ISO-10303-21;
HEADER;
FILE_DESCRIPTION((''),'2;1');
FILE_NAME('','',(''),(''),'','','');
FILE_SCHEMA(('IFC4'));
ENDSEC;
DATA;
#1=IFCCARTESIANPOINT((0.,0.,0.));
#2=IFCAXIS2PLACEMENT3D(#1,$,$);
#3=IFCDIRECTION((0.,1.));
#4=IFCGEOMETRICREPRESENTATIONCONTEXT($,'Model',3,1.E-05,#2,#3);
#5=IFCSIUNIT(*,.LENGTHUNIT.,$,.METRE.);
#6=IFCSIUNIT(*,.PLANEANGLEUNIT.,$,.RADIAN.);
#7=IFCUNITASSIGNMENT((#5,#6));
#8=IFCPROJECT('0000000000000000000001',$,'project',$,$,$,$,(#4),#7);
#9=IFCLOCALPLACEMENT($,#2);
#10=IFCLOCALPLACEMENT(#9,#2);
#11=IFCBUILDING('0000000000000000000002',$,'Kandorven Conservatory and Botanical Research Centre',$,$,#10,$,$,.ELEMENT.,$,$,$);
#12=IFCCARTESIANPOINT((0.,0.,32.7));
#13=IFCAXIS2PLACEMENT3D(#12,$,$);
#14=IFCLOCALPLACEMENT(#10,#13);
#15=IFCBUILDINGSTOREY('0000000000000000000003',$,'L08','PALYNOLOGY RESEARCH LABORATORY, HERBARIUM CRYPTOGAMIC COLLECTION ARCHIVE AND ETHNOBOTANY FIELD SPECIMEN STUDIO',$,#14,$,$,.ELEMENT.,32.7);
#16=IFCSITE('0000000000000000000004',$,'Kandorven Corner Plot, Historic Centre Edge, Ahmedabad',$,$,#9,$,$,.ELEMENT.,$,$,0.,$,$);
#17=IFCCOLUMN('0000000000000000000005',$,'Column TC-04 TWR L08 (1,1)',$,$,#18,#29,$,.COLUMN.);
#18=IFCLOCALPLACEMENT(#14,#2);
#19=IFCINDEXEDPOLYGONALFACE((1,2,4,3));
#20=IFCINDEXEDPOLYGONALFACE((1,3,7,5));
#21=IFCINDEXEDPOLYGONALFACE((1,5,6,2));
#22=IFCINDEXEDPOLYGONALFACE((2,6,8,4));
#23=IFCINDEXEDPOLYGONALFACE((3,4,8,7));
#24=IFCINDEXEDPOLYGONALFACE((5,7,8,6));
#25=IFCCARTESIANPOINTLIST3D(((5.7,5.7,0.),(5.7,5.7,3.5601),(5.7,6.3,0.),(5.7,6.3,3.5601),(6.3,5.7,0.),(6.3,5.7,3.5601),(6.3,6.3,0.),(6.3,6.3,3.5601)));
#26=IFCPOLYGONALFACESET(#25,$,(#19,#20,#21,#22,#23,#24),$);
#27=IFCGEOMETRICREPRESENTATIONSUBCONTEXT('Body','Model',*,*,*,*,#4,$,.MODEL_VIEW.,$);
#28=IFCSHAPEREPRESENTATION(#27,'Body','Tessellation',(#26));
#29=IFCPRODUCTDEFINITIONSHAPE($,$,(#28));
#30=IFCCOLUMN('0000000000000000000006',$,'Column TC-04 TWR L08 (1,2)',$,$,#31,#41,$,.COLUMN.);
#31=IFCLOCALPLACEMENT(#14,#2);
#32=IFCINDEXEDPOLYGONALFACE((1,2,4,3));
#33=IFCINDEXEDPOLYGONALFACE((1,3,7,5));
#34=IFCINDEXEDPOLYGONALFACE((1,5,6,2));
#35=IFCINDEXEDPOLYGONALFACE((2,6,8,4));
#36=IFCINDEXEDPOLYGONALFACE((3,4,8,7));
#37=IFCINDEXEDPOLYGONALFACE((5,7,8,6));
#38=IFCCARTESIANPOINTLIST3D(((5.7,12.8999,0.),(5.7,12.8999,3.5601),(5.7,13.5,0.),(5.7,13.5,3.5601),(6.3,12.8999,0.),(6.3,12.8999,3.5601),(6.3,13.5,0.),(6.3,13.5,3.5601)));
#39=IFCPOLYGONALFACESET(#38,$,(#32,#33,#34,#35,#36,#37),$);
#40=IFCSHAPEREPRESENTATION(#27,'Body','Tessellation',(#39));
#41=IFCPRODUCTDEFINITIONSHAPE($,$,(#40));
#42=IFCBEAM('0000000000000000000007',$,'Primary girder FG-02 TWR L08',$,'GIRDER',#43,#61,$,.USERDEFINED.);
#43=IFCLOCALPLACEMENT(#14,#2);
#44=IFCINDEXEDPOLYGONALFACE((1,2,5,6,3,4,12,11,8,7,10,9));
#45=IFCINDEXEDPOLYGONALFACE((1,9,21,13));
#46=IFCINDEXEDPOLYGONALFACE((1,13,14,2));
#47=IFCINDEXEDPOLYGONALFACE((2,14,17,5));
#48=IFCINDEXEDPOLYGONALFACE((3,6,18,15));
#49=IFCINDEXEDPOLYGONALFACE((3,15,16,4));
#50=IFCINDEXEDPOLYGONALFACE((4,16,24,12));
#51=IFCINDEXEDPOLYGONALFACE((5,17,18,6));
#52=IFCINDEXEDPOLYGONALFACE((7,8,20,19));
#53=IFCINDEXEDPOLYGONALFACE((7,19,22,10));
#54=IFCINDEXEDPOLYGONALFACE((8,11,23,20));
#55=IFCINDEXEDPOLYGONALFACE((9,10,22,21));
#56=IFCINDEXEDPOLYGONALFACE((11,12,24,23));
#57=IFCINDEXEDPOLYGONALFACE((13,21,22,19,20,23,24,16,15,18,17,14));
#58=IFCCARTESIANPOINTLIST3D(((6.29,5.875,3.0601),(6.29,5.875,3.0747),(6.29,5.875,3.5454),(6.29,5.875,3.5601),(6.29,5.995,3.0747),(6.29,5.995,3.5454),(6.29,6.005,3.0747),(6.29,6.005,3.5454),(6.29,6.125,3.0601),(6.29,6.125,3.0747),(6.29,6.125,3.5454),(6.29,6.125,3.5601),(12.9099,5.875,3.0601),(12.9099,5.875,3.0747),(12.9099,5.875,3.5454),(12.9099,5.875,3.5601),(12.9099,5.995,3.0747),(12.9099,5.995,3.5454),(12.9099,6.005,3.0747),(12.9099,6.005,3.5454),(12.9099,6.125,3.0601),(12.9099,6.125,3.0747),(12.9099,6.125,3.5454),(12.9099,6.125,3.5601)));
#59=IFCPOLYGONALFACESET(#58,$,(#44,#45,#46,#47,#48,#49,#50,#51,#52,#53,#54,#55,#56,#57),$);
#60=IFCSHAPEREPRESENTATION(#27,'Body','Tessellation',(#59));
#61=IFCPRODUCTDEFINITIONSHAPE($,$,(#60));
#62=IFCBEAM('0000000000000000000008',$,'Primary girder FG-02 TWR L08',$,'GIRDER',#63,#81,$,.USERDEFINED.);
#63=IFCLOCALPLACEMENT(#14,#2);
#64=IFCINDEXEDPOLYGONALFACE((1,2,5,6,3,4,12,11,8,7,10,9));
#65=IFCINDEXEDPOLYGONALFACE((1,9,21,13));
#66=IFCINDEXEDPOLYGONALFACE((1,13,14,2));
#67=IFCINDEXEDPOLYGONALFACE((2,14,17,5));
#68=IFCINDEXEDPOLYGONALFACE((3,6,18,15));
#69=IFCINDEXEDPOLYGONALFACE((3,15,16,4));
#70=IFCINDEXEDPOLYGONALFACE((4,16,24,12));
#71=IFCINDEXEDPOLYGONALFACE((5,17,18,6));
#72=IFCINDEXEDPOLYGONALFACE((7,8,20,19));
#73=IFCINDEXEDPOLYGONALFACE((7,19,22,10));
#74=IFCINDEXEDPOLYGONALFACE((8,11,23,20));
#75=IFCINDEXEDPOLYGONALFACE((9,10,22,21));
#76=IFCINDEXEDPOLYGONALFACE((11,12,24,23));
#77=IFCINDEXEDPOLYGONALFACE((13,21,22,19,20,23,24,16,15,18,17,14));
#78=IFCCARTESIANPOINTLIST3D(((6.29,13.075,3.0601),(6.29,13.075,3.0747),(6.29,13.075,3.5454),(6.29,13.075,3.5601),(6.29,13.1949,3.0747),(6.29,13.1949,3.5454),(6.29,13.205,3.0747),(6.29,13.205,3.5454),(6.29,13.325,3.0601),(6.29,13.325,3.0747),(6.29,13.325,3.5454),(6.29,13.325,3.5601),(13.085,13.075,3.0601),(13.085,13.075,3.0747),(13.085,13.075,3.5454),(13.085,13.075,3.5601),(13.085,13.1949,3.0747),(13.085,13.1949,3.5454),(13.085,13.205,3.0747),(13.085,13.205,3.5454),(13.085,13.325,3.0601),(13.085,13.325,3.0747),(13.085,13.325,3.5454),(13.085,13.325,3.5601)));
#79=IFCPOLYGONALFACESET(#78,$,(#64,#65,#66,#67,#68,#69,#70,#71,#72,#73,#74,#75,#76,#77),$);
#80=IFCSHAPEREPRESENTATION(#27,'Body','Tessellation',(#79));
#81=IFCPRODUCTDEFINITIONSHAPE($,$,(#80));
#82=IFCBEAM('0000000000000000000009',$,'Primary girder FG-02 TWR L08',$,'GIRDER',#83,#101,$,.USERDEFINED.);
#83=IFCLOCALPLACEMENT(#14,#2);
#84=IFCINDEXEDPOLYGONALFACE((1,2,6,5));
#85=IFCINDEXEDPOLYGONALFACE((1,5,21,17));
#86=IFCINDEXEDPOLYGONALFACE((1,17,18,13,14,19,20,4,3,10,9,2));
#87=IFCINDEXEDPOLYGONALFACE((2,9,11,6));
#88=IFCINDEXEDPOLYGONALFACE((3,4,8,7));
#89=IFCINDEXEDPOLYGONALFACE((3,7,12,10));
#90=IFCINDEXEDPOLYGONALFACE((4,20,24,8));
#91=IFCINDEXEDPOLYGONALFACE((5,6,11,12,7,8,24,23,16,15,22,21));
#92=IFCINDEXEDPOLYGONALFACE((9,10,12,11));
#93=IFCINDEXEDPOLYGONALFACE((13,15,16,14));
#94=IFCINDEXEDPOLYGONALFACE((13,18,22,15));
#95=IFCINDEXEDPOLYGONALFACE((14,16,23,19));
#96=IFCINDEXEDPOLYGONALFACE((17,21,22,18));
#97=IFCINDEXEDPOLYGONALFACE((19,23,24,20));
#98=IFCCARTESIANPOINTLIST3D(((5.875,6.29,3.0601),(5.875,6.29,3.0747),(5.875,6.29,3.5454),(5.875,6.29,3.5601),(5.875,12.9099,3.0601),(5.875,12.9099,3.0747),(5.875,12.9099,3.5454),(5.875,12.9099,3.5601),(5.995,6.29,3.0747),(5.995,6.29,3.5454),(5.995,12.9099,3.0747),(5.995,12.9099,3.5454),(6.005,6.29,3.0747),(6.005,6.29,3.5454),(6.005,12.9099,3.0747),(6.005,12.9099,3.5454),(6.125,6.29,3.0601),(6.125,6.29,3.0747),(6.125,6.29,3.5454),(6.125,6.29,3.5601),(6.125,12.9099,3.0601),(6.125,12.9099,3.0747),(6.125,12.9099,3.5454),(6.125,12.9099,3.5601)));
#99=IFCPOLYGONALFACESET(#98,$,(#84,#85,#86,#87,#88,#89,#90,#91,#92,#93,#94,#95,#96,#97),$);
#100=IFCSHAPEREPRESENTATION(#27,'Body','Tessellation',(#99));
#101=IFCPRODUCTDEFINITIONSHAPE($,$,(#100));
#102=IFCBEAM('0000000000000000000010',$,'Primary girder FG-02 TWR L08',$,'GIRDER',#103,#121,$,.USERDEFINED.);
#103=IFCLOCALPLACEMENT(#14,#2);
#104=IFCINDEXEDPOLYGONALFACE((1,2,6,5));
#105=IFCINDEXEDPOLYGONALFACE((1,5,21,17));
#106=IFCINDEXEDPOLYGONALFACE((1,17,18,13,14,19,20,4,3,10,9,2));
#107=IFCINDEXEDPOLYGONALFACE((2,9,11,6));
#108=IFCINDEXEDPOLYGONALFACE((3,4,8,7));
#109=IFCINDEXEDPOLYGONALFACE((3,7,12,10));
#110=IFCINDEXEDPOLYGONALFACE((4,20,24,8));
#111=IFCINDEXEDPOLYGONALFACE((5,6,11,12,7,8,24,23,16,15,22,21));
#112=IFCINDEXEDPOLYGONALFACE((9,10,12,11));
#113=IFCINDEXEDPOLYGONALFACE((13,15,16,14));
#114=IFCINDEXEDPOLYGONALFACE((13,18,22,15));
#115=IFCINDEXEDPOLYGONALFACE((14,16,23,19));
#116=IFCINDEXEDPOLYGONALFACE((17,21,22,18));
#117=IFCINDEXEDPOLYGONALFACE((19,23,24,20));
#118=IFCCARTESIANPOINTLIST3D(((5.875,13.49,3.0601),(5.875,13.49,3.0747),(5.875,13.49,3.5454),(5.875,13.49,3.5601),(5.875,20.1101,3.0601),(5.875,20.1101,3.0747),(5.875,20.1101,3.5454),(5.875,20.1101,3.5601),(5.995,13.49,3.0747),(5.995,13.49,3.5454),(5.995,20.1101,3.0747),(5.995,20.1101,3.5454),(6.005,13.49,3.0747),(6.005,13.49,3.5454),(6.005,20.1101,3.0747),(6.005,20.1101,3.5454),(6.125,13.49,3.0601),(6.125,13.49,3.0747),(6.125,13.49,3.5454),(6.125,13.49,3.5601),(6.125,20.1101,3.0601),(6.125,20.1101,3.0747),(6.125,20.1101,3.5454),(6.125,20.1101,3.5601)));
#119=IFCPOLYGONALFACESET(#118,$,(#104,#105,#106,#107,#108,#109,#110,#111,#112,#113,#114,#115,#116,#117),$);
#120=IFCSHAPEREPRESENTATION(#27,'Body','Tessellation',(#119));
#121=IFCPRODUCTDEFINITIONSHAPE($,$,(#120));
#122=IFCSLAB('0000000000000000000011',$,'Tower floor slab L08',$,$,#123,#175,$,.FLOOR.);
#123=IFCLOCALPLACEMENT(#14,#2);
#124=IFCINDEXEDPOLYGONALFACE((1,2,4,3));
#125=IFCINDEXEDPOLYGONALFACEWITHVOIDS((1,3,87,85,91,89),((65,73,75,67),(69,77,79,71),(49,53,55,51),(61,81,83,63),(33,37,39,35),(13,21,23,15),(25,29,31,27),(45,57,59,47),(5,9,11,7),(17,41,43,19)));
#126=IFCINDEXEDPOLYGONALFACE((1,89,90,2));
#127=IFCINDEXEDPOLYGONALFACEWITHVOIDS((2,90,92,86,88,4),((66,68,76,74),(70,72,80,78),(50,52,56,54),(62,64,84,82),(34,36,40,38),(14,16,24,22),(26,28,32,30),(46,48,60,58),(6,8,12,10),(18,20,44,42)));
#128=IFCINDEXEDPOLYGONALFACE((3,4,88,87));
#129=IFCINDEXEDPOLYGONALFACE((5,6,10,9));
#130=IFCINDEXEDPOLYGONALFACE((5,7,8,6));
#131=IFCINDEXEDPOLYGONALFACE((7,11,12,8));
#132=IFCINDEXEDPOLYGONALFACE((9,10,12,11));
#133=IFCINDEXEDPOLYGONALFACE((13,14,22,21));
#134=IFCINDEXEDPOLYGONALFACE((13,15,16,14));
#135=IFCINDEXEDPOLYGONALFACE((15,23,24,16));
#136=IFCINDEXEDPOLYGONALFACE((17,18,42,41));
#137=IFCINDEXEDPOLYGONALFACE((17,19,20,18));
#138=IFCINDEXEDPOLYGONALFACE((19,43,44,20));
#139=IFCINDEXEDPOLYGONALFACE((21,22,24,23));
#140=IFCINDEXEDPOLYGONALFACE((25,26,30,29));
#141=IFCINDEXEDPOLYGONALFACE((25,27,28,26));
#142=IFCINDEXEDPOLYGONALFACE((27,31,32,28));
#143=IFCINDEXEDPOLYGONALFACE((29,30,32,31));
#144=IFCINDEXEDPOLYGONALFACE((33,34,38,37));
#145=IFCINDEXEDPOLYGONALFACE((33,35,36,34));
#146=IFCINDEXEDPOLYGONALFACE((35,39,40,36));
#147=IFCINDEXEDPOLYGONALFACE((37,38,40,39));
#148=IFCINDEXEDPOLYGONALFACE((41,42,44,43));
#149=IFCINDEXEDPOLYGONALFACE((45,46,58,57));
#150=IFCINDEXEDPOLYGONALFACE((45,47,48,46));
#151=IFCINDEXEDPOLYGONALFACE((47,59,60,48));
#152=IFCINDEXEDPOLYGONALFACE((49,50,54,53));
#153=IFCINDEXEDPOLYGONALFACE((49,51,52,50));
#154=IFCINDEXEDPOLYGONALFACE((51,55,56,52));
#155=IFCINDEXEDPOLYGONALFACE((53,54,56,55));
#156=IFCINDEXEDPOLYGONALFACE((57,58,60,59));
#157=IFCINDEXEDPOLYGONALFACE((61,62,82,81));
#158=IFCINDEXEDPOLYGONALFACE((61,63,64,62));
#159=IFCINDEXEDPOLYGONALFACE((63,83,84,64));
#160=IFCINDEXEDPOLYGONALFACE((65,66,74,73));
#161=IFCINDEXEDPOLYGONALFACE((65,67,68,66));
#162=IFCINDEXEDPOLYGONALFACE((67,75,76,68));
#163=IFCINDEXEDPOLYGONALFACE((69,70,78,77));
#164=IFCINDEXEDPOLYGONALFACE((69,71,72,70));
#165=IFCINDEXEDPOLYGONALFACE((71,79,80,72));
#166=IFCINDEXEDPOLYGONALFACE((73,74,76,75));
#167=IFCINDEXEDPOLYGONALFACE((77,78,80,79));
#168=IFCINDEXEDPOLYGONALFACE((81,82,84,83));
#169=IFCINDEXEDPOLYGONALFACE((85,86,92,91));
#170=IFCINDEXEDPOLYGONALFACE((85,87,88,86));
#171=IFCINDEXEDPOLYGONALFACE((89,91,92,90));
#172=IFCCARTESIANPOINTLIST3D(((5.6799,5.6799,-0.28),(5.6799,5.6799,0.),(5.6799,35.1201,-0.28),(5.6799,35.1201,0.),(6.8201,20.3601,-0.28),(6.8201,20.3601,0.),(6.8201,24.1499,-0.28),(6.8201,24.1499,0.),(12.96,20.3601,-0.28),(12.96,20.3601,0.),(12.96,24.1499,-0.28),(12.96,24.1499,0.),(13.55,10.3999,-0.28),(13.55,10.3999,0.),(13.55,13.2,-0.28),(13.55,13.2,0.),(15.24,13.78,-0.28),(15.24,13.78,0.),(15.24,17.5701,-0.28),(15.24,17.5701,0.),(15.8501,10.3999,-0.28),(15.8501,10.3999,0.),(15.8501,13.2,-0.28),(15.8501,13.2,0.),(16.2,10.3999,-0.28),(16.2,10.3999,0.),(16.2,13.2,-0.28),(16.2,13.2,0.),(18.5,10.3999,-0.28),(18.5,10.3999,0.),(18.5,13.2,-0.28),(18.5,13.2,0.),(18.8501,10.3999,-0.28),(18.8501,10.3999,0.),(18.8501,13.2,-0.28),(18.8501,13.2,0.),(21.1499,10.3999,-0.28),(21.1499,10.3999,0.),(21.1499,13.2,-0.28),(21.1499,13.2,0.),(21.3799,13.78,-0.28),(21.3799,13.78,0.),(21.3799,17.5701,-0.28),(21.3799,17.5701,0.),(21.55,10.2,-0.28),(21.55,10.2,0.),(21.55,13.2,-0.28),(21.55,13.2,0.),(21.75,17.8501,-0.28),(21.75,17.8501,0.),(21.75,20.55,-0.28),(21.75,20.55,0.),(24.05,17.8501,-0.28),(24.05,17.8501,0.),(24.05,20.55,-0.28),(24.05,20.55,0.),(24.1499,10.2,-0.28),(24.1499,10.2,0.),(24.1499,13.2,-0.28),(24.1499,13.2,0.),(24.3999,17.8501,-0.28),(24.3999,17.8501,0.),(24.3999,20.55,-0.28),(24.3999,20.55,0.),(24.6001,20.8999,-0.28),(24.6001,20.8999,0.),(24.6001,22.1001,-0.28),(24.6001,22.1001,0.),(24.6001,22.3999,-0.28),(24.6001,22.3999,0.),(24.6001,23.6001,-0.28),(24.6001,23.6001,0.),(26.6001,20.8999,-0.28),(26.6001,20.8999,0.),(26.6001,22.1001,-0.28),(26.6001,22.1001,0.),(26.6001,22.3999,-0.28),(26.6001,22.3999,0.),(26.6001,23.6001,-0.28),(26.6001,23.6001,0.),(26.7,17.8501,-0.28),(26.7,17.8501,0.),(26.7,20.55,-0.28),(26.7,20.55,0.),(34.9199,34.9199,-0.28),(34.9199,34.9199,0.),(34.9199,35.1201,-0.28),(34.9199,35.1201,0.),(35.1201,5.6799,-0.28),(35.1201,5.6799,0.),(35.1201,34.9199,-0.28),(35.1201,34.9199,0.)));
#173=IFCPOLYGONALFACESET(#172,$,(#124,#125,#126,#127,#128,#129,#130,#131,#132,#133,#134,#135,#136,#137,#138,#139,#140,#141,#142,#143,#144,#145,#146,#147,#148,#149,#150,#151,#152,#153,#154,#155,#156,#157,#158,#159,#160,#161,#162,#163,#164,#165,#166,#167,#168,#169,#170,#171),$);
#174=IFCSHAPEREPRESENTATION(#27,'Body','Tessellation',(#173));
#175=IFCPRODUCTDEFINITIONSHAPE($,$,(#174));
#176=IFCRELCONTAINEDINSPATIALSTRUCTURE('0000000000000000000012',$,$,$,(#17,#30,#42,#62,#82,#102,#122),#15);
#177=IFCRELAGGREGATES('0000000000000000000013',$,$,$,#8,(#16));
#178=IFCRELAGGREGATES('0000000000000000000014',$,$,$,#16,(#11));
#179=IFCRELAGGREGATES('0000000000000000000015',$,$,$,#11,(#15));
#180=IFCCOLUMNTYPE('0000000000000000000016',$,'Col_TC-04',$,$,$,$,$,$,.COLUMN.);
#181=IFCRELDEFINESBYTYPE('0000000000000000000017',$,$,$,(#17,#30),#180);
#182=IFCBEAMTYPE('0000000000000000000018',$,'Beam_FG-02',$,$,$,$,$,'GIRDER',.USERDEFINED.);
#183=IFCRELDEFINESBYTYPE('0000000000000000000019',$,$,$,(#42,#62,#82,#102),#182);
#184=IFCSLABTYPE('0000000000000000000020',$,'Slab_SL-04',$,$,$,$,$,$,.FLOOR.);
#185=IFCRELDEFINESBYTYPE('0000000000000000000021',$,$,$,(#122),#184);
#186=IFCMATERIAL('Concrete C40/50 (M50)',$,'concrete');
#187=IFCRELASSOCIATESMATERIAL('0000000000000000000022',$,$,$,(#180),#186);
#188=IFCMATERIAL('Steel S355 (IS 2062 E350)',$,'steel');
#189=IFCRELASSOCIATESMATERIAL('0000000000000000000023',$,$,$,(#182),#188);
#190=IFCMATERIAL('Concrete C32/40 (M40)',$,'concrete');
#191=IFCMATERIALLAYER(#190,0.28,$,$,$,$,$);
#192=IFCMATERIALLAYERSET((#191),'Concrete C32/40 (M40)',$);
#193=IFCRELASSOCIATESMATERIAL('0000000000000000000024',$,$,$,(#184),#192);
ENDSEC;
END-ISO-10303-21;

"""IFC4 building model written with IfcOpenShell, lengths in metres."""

from ifc_helpers import new_model, si_unit, direction, frame, origin, origin_2d, place, context, subcontext, project, spatial, polyline, rectangle, i_section, outline, extrude, material, layer, layer_set, material_profile, profile_set, type_object, element, save


model = new_model("IFC4")

# Units and contexts
model_context = context("Model", 3, precision=1e-05, world=origin(), true_north=direction((0.0, 1.0)))
body_context = subcontext(model_context, "Body", "Model", "MODEL_VIEW")
ifc_project = project(units=[si_unit("LENGTHUNIT", "METRE"), si_unit("PLANEANGLEUNIT", "RADIAN")], contexts=[model_context])

# Site, building, storey
site_placement = place(None, origin())
site = spatial("IfcSite", under=ifc_project, at=site_placement, Name="Kandorven Corner Plot, Historic Centre Edge, Ahmedabad", CompositionType="ELEMENT", RefElevation=0.0)
building_placement = place(site_placement, origin())
building = spatial("IfcBuilding", under=site, at=building_placement, Name="Kandorven Conservatory and Botanical Research Centre", CompositionType="ELEMENT")
storey_placement = place(building_placement, frame((0.0, 0.0, 32.7)))
storey = spatial("IfcBuildingStorey", under=building, at=storey_placement, Name="L08", Description="PALYNOLOGY RESEARCH LABORATORY, HERBARIUM CRYPTOGAMIC COLLECTION ARCHIVE AND ETHNOBOTANY FIELD SPECIMEN STUDIO", CompositionType="ELEMENT", Elevation=32.7)

# Columns
ifc_material_1 = material(Name="Concrete C40/50 (M50)", Category="concrete")
ifc_material_profile_1 = material_profile(ifc_material_1, rectangle(XDim=0.6001, YDim=0.6001, at=origin_2d()))
ifc_profile_set_1 = profile_set([ifc_material_profile_1], Name="Concrete C40/50 (M50)")
column_type = type_object("IfcColumnType", Name="Col_TC-04", PredefinedType="COLUMN", material=ifc_profile_set_1)
for number, where, z_axis, x_axis, name in (
    (1, (6.0, 6.0, 0.0), (0.0, 0.0, 1.0), (1.0, 0.0, 0.0), "Column TC-04 TWR L08 (1,1)"),
    (2, (6.0, 13.2, 0.0), (0.0, 0.0, 1.0), (1.0, 0.0, 0.0), "Column TC-04 TWR L08 (1,2)"),
):
    element("IfcColumn", number, at=place(storey_placement, frame(where, z_axis=z_axis, x_axis=x_axis)), inside=storey, type_object=column_type, Name=name, PredefinedType="COLUMN", context=body_context, shape_type="SweptSolid", body=[
        extrude(rectangle(XDim=0.6001, YDim=0.6001, at=origin_2d()), origin(), (0.0, 0.0, 1.0), 3.5601),
    ])

# Beams
ifc_material_2 = material(Name="Steel S355 (IS 2062 E350)", Category="steel")
ifc_material_profile_2 = material_profile(ifc_material_2, i_section(OverallWidth=0.25, OverallDepth=0.5, WebThickness=0.01, FlangeThickness=0.0146, at=origin_2d()))
ifc_profile_set_2 = profile_set([ifc_material_profile_2], Name="Steel S355 (IS 2062 E350)")
beam_type = type_object("IfcBeamType", Name="Beam_FG-02", ElementType="GIRDER", PredefinedType="USERDEFINED", material=ifc_profile_set_2)
beam_1_placement = place(storey_placement, frame((6.29, 6.0, 3.3101), z_axis=(1.0, 0.0, 0.0), x_axis=(0.0, 1.0, 0.0)))
element("IfcBeam", 3, at=beam_1_placement, inside=storey, type_object=beam_type, Name="Primary girder FG-02 TWR L08", ObjectType="GIRDER", PredefinedType="USERDEFINED", context=body_context, shape_type="SweptSolid", body=[
    extrude(i_section(OverallWidth=0.25, OverallDepth=0.5, WebThickness=0.01, FlangeThickness=0.0146, at=origin_2d()), origin(), (0.0, 0.0, 1.0), 6.6199),
])
beam_2_placement = place(storey_placement, frame((6.29, 13.2, 3.3101), z_axis=(1.0, 0.0, 0.0), x_axis=(0.0, 1.0, 0.0)))
element("IfcBeam", 4, at=beam_2_placement, inside=storey, type_object=beam_type, Name="Primary girder FG-02 TWR L08", ObjectType="GIRDER", PredefinedType="USERDEFINED", context=body_context, shape_type="SweptSolid", body=[
    extrude(i_section(OverallWidth=0.25, OverallDepth=0.5, WebThickness=0.01, FlangeThickness=0.0146, at=origin_2d()), origin(), (0.0, 0.0, 1.0), 6.7949),
])
beam_3_placement = place(storey_placement, frame((6.0, 6.29, 3.3101), z_axis=(0.0, 1.0, 0.0), x_axis=(-1.0, 0.0, 0.0)))
element("IfcBeam", 5, at=beam_3_placement, inside=storey, type_object=beam_type, Name="Primary girder FG-02 TWR L08", ObjectType="GIRDER", PredefinedType="USERDEFINED", context=body_context, shape_type="SweptSolid", body=[
    extrude(i_section(OverallWidth=0.25, OverallDepth=0.5, WebThickness=0.01, FlangeThickness=0.0146, at=origin_2d()), origin(), (0.0, 0.0, 1.0), 6.6199),
])
beam_4_placement = place(storey_placement, frame((6.0, 13.49, 3.3101), z_axis=(0.0, 1.0, 0.0), x_axis=(-1.0, 0.0, 0.0)))
element("IfcBeam", 6, at=beam_4_placement, inside=storey, type_object=beam_type, Name="Primary girder FG-02 TWR L08", ObjectType="GIRDER", PredefinedType="USERDEFINED", context=body_context, shape_type="SweptSolid", body=[
    extrude(i_section(OverallWidth=0.25, OverallDepth=0.5, WebThickness=0.01, FlangeThickness=0.0146, at=origin_2d()), origin(), (0.0, 0.0, 1.0), 6.6201),
])

# Slab
ifc_material_3 = material(Name="Concrete C32/40 (M40)", Category="concrete")
ifc_layer_1 = layer(ifc_material_3, 0.28)
ifc_layer_set_1 = layer_set([ifc_layer_1], Name="Concrete C32/40 (M40)")
slab_type_1 = type_object("IfcSlabType", Name="Slab_SL-04", PredefinedType="FLOOR", material=ifc_layer_set_1)
slab_1_placement = place(storey_placement, frame((0.0, 0.0, -0.28)))
element("IfcSlab", 7, at=slab_1_placement, inside=storey, type_object=slab_type_1, Name="Tower floor slab L08", PredefinedType="FLOOR", context=body_context, shape_type="SweptSolid", body=[
    extrude(outline(polyline([(5.6799, 5.6799), (35.1201, 5.6799), (35.1201, 34.9199), (34.9199, 34.9199), (34.9199, 35.1201), (5.6799, 35.1201), (5.6799, 5.6799)]), holes=[polyline([(15.24, 13.78), (21.3799, 13.78), (21.3799, 17.5701), (15.24, 17.5701), (15.24, 13.78)]), polyline([(12.96, 24.1499), (6.8201, 24.1499), (6.8201, 20.3601), (12.96, 20.3601), (12.96, 24.1499)]), polyline([(21.75, 17.8501), (24.05, 17.8501), (24.05, 20.55), (21.75, 20.55), (21.75, 17.8501)]), polyline([(24.3999, 17.8501), (26.7, 17.8501), (26.7, 20.55), (24.3999, 20.55), (24.3999, 17.8501)]), polyline([(13.55, 10.3999), (15.8501, 10.3999), (15.8501, 13.2), (13.55, 13.2), (13.55, 10.3999)]), polyline([(16.2, 10.3999), (18.5, 10.3999), (18.5, 13.2), (16.2, 13.2), (16.2, 10.3999)]), polyline([(18.8501, 10.3999), (21.1499, 10.3999), (21.1499, 13.2), (18.8501, 13.2), (18.8501, 10.3999)]), polyline([(21.55, 10.2), (24.1499, 10.2), (24.1499, 13.2), (21.55, 13.2), (21.55, 10.2)]), polyline([(24.6001, 20.8999), (26.6001, 20.8999), (26.6001, 22.1001), (24.6001, 22.1001), (24.6001, 20.8999)]), polyline([(24.6001, 22.3999), (26.6001, 22.3999), (26.6001, 23.6001), (24.6001, 23.6001), (24.6001, 22.3999)])]), origin(), (0.0, 0.0, 1.0), 0.28),
])

save(model, "model.ifc")
